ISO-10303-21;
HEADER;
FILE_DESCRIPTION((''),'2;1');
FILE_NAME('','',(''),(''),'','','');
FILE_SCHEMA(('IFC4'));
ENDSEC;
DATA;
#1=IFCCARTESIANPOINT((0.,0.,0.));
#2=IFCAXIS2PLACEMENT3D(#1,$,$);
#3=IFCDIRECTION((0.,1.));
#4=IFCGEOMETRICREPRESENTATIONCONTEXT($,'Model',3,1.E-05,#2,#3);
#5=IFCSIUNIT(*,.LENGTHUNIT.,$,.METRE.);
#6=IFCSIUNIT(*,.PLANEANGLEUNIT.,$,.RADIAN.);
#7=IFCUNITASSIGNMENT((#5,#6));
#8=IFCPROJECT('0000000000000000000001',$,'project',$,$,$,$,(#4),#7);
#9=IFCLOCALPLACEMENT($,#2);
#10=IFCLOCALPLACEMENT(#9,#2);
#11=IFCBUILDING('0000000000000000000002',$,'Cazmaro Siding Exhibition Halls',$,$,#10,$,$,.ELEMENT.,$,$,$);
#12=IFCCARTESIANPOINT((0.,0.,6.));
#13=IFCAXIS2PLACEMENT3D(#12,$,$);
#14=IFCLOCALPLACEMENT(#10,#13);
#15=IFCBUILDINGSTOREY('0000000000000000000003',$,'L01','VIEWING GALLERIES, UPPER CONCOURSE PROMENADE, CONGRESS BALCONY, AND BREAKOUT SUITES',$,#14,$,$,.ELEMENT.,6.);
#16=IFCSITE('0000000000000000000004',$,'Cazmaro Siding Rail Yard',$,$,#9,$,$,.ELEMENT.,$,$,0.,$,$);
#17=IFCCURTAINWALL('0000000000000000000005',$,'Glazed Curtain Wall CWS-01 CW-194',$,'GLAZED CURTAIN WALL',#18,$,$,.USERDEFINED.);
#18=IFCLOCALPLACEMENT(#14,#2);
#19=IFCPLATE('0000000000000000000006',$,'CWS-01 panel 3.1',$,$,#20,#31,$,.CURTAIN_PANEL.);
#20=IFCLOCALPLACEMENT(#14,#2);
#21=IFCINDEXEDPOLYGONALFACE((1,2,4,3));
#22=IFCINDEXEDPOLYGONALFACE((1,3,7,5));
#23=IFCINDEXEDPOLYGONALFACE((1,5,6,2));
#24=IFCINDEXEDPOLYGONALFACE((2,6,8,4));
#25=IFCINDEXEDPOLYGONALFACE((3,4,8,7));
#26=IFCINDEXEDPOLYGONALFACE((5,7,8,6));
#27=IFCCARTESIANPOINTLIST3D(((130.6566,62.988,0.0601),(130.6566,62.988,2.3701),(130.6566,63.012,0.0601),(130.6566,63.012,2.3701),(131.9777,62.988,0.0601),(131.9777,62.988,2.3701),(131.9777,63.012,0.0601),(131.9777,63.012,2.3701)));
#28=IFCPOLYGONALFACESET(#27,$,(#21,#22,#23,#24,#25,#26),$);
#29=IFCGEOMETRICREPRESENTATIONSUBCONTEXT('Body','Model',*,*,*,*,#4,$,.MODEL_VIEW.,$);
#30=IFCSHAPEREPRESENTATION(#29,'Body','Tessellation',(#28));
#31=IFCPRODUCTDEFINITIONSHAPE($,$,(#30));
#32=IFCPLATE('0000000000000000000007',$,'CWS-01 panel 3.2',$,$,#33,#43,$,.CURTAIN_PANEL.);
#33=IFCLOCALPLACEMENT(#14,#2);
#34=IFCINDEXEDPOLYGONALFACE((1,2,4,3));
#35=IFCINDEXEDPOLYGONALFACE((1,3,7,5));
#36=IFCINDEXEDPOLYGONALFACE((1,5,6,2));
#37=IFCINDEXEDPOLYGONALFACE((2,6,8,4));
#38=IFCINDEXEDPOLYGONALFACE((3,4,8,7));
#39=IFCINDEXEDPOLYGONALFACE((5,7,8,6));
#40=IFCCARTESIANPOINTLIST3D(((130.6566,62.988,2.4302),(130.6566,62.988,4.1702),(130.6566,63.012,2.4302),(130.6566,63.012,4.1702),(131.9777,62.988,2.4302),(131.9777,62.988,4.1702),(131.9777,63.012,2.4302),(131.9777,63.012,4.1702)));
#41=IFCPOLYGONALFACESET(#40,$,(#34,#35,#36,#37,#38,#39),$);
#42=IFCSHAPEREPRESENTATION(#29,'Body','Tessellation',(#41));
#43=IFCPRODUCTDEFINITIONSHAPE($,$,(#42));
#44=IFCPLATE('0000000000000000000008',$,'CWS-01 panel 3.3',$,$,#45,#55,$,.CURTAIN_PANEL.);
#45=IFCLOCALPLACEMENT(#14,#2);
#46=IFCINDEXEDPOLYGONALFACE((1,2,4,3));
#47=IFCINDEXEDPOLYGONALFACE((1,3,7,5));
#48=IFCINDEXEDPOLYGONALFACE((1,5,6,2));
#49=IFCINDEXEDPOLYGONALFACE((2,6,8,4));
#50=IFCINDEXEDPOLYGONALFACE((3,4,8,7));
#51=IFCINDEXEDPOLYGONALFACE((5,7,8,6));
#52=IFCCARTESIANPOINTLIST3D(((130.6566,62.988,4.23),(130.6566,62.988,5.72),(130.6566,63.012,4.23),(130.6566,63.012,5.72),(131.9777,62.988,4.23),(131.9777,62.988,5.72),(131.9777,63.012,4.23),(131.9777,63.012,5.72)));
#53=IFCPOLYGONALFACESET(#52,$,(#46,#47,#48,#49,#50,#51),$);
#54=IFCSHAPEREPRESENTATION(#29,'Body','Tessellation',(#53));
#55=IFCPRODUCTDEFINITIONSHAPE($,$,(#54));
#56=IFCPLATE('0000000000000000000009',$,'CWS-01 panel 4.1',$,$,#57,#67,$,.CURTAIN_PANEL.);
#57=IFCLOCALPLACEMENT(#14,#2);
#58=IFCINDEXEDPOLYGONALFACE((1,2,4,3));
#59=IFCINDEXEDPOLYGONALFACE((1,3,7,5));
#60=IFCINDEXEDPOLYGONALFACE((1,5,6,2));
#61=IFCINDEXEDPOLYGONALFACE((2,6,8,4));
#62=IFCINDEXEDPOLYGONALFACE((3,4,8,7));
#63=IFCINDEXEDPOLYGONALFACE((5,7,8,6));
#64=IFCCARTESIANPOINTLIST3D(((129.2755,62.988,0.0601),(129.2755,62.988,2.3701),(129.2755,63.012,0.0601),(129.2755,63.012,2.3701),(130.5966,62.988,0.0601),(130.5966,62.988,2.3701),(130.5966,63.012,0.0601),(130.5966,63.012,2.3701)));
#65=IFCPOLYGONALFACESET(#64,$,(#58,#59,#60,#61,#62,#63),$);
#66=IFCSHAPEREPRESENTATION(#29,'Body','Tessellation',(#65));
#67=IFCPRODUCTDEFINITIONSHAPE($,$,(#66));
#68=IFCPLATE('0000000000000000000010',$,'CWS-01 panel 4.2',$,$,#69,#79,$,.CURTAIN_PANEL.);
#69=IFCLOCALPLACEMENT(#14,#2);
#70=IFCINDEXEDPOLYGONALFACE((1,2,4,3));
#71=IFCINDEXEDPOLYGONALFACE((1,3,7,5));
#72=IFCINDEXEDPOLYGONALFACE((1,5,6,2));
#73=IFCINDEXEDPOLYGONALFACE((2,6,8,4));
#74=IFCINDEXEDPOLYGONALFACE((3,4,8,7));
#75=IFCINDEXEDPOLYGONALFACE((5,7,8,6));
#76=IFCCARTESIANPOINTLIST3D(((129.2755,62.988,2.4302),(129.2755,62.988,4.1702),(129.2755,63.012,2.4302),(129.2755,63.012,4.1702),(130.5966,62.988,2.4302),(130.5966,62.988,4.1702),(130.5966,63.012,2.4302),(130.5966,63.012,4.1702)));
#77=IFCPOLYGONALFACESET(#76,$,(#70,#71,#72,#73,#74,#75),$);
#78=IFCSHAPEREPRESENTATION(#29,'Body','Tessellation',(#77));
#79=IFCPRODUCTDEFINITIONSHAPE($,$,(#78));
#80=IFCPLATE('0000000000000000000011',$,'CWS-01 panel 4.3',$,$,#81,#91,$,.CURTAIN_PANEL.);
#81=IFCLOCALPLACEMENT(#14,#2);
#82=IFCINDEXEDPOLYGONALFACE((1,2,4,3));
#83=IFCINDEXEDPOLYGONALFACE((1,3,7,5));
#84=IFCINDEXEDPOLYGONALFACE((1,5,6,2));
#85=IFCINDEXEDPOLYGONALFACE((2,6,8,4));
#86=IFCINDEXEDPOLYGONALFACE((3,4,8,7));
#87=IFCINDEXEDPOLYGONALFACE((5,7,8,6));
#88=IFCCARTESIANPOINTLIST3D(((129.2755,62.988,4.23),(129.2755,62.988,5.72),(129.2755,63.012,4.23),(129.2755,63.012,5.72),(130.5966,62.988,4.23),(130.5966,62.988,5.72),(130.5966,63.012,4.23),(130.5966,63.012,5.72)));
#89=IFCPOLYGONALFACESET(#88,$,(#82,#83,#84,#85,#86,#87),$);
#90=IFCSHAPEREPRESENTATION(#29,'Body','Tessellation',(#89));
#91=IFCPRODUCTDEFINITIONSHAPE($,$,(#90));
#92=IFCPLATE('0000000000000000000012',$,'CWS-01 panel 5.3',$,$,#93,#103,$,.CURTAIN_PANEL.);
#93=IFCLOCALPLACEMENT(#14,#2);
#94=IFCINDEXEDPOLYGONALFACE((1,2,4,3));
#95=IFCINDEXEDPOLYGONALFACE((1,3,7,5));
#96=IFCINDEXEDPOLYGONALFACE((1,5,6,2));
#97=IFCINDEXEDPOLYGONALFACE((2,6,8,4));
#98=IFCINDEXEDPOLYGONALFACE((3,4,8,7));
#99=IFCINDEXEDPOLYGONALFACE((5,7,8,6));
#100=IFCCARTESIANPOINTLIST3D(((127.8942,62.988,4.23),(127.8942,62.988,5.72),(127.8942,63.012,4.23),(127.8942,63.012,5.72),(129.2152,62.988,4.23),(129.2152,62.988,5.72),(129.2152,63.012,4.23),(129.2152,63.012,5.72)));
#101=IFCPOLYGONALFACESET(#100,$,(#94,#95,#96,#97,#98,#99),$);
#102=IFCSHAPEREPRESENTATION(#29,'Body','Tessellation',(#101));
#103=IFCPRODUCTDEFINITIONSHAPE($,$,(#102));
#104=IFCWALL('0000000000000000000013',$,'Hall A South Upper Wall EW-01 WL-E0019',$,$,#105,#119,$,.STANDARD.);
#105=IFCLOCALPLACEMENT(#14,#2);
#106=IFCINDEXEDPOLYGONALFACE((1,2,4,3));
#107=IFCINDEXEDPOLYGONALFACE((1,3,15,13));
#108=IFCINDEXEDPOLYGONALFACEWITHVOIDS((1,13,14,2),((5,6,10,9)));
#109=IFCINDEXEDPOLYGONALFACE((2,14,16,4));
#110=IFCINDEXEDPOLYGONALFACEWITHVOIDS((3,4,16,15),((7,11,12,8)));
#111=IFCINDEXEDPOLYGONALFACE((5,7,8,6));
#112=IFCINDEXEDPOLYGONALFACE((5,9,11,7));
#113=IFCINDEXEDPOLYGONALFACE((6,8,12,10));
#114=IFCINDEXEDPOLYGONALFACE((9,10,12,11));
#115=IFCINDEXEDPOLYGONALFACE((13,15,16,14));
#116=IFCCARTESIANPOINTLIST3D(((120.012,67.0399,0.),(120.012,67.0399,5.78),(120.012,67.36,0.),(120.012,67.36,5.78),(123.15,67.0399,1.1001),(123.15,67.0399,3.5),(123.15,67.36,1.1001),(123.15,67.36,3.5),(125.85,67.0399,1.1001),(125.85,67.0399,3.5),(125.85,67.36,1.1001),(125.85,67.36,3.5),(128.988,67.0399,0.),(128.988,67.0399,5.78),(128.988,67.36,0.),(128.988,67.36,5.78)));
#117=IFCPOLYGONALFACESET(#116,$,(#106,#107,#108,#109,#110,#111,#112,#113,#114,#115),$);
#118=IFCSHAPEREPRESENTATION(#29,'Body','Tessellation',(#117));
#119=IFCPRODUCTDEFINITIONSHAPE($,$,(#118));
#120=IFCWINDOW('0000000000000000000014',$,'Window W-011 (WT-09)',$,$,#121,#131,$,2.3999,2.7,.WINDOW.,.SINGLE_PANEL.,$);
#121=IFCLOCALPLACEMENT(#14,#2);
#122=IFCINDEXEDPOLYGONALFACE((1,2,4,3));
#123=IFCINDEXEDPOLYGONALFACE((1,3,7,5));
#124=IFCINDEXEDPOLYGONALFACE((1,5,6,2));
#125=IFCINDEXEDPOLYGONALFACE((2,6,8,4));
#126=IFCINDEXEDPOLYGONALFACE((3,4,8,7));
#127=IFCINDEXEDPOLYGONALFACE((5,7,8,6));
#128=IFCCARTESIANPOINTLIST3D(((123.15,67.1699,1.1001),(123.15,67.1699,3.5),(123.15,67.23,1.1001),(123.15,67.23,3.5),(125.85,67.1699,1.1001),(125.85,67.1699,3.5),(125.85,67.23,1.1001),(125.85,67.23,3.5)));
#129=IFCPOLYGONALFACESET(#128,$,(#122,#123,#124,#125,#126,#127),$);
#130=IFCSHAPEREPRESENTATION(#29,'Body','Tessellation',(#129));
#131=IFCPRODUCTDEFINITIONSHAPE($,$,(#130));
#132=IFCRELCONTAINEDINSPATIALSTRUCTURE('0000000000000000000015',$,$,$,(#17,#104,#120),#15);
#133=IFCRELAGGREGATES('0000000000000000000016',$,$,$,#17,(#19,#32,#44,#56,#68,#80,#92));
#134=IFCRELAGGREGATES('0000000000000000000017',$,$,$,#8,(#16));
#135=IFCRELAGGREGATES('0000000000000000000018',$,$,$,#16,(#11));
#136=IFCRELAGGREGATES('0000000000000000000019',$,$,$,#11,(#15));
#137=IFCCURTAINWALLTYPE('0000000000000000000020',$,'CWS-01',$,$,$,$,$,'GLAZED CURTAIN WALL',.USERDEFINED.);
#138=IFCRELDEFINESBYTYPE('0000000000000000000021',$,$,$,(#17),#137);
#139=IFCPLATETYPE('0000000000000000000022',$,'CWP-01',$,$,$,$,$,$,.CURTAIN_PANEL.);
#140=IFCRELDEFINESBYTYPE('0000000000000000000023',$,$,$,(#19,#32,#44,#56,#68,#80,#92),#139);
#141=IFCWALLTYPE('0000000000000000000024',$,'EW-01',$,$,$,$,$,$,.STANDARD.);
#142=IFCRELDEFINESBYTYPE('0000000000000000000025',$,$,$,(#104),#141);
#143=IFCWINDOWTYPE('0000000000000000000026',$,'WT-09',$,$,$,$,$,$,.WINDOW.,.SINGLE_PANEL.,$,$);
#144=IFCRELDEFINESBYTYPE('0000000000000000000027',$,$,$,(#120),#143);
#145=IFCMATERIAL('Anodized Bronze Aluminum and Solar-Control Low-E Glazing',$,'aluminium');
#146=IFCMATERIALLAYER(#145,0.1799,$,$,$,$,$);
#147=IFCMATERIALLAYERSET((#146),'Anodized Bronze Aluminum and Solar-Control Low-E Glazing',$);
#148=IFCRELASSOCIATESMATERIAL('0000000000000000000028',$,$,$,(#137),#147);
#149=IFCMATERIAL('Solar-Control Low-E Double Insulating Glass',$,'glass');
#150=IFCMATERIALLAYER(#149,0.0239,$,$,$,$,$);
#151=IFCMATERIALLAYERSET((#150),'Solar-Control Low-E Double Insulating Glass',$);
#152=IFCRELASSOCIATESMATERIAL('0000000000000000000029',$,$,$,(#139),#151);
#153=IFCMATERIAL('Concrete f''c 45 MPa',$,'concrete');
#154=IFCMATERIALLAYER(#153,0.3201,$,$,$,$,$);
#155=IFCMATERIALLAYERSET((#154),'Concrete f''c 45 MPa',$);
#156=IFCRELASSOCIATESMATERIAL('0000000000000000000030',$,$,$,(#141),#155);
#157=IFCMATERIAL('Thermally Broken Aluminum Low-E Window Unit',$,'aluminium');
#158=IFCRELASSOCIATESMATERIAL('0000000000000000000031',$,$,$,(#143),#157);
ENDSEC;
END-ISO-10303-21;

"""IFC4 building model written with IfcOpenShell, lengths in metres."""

from ifc_helpers import new_model, si_unit, direction, frame, frame_2d, origin, origin_2d, place, context, subcontext, project, spatial, rectangle, extrude, material, layer, layer_set, type_object, element, fill, aggregate, save


model = new_model("IFC4")

# Units and contexts
model_context = context("Model", 3, precision=1e-05, world=origin(), true_north=direction((0.0, 1.0)))
body_context = subcontext(model_context, "Body", "Model", "MODEL_VIEW")
ifc_project = project(units=[si_unit("LENGTHUNIT", "METRE"), si_unit("PLANEANGLEUNIT", "RADIAN")], contexts=[model_context])

# Site, building, storey
site_placement = place(None, origin())
site = spatial("IfcSite", under=ifc_project, at=site_placement, Name="Cazmaro Siding Rail Yard", CompositionType="ELEMENT", RefElevation=0.0)
building_placement = place(site_placement, origin())
building = spatial("IfcBuilding", under=site, at=building_placement, Name="Cazmaro Siding Exhibition Halls", CompositionType="ELEMENT")
storey_placement = place(building_placement, frame((0.0, 0.0, 6.0)))
storey = spatial("IfcBuildingStorey", under=building, at=storey_placement, Name="L01", Description="VIEWING GALLERIES, UPPER CONCOURSE PROMENADE, CONGRESS BALCONY, AND BREAKOUT SUITES", CompositionType="ELEMENT", Elevation=6.0)

# Curtain wall
ifc_material_1 = material(Name="Anodized Bronze Aluminum and Solar-Control Low-E Glazing", Category="aluminium")
ifc_layer_1 = layer(ifc_material_1, 0.1799)
ifc_layer_set_1 = layer_set([ifc_layer_1], Name="Anodized Bronze Aluminum and Solar-Control Low-E Glazing")
curtain_wall_type = type_object("IfcCurtainWallType", Name="CWS-01", ElementType="GLAZED CURTAIN WALL", PredefinedType="USERDEFINED", material=ifc_layer_set_1)
curtain_wall_placement = place(storey_placement, origin())
curtain_wall = element("IfcCurtainWall", 1, at=curtain_wall_placement, inside=storey, type_object=curtain_wall_type, Name="Glazed Curtain Wall CWS-01 CW-194", ObjectType="GLAZED CURTAIN WALL", PredefinedType="USERDEFINED")

# Plates
ifc_material_2 = material(Name="Solar-Control Low-E Double Insulating Glass", Category="glass")
ifc_layer_2 = layer(ifc_material_2, 0.0239)
ifc_layer_set_2 = layer_set([ifc_layer_2], Name="Solar-Control Low-E Double Insulating Glass")
plate_type = type_object("IfcPlateType", Name="CWP-01", PredefinedType="CURTAIN_PANEL", material=ifc_layer_set_2)
plate_1_placement = place(storey_placement, frame((131.3171, 63.0, 0.0601), z_axis=(0.0, 0.0, 1.0), x_axis=(-1.0, 0.0, 0.0)))
plate_1 = element("IfcPlate", 2, at=plate_1_placement, type_object=plate_type, Name="CWS-01 panel 3.1", PredefinedType="CURTAIN_PANEL", context=body_context, shape_type="SweptSolid", body=[
    extrude(rectangle(XDim=1.321, YDim=0.0239, at=origin_2d()), origin(), (0.0, 0.0, 1.0), 2.3101),
])
plate_2_placement = place(storey_placement, frame((131.3171, 63.0, 2.4302), z_axis=(0.0, 0.0, 1.0), x_axis=(-1.0, 0.0, 0.0)))
plate_2 = element("IfcPlate", 3, at=plate_2_placement, type_object=plate_type, Name="CWS-01 panel 3.2", PredefinedType="CURTAIN_PANEL", context=body_context, shape_type="SweptSolid", body=[
    extrude(rectangle(XDim=1.321, YDim=0.0239, at=origin_2d()), origin(), (0.0, 0.0, 1.0), 1.74),
])
plate_3_placement = place(storey_placement, frame((131.3171, 63.0, 4.23), z_axis=(0.0, 0.0, 1.0), x_axis=(-1.0, 0.0, 0.0)))
plate_3 = element("IfcPlate", 4, at=plate_3_placement, type_object=plate_type, Name="CWS-01 panel 3.3", PredefinedType="CURTAIN_PANEL", context=body_context, shape_type="SweptSolid", body=[
    extrude(rectangle(XDim=1.321, YDim=0.0239, at=origin_2d()), origin(), (0.0, 0.0, 1.0), 1.49),
])
plate_4_placement = place(storey_placement, frame((129.936, 63.0, 0.0601), z_axis=(0.0, 0.0, 1.0), x_axis=(-1.0, 0.0, 0.0)))
plate_4 = element("IfcPlate", 5, at=plate_4_placement, type_object=plate_type, Name="CWS-01 panel 4.1", PredefinedType="CURTAIN_PANEL", context=body_context, shape_type="SweptSolid", body=[
    extrude(rectangle(XDim=1.321, YDim=0.0239, at=origin_2d()), origin(), (0.0, 0.0, 1.0), 2.3101),
])
plate_5_placement = place(storey_placement, frame((129.936, 63.0, 2.4302), z_axis=(0.0, 0.0, 1.0), x_axis=(-1.0, 0.0, 0.0)))
plate_5 = element("IfcPlate", 6, at=plate_5_placement, type_object=plate_type, Name="CWS-01 panel 4.2", PredefinedType="CURTAIN_PANEL", context=body_context, shape_type="SweptSolid", body=[
    extrude(rectangle(XDim=1.321, YDim=0.0239, at=origin_2d()), origin(), (0.0, 0.0, 1.0), 1.74),
])
plate_6_placement = place(storey_placement, frame((129.936, 63.0, 4.23), z_axis=(0.0, 0.0, 1.0), x_axis=(-1.0, 0.0, 0.0)))
plate_6 = element("IfcPlate", 7, at=plate_6_placement, type_object=plate_type, Name="CWS-01 panel 4.3", PredefinedType="CURTAIN_PANEL", context=body_context, shape_type="SweptSolid", body=[
    extrude(rectangle(XDim=1.321, YDim=0.0239, at=origin_2d()), origin(), (0.0, 0.0, 1.0), 1.49),
])
plate_7_placement = place(storey_placement, frame((128.5547, 63.0, 4.23), z_axis=(0.0, 0.0, 1.0), x_axis=(-1.0, 0.0, 0.0)))
plate_7 = element("IfcPlate", 8, at=plate_7_placement, type_object=plate_type, Name="CWS-01 panel 5.3", PredefinedType="CURTAIN_PANEL", context=body_context, shape_type="SweptSolid", body=[
    extrude(rectangle(XDim=1.321, YDim=0.0239, at=origin_2d()), origin(), (0.0, 0.0, 1.0), 1.49),
])
aggregate(curtain_wall, [plate_1, plate_2, plate_3, plate_4, plate_5, plate_6, plate_7])

# Wall, opening, window
ifc_material_3 = material(Name="Concrete f'c 45 MPa", Category="concrete")
ifc_layer_3 = layer(ifc_material_3, 0.3201)
ifc_layer_set_3 = layer_set([ifc_layer_3], Name="Concrete f'c 45 MPa")
wall_type = type_object("IfcWallType", Name="EW-01", PredefinedType="STANDARD", material=ifc_layer_set_3)
wall_placement = place(storey_placement, frame((128.988, 67.2, 0.0), z_axis=(0.0, 0.0, 1.0), x_axis=(-1.0, 0.0, 0.0)))
wall = element("IfcWall", 9, at=wall_placement, inside=storey, type_object=wall_type, Name="Hall A South Upper Wall EW-01 WL-E0019", PredefinedType="STANDARD", context=body_context, shape_type="SweptSolid", body=[
    extrude(rectangle(XDim=8.9761, YDim=0.3201, at=frame_2d((4.488, 0.0))), origin(), (0.0, 0.0, 1.0), 5.78),
])
opening_placement = place(wall_placement, frame((3.1379, 0.0, 1.1001)))
opening = element("IfcOpeningElement", 10, at=opening_placement, cuts=wall, PredefinedType="OPENING", context=body_context, shape_type="SweptSolid", body=[
    extrude(rectangle(XDim=2.7, YDim=2.3999, at=frame_2d((1.3501, 1.2))), frame((0.0, 0.1699, 0.0), z_axis=(0.0, -1.0, 0.0), x_axis=(1.0, 0.0, 0.0)), (0.0, 0.0, 1.0), 0.3401),
])
ifc_material_4 = material(Name="Thermally Broken Aluminum Low-E Window Unit", Category="aluminium")
window_type = type_object("IfcWindowType", Name="WT-09", PartitioningType="SINGLE_PANEL", PredefinedType="WINDOW", material=ifc_material_4)
window_placement = place(opening_placement, origin())
window = element("IfcWindow", 11, at=window_placement, inside=storey, type_object=window_type, Name="Window W-011 (WT-09)", OverallHeight=2.3999, OverallWidth=2.7, PartitioningType="SINGLE_PANEL", PredefinedType="WINDOW", context=body_context, shape_type="SweptSolid", body=[
    extrude(rectangle(XDim=2.7, YDim=2.3999, at=frame_2d((1.3501, 1.2))), frame((0.0, 0.03, 0.0), z_axis=(0.0, -1.0, 0.0), x_axis=(1.0, 0.0, 0.0)), (0.0, 0.0, 1.0), 0.0601),
])
fill(opening, window)

save(model, "model.ifc")
